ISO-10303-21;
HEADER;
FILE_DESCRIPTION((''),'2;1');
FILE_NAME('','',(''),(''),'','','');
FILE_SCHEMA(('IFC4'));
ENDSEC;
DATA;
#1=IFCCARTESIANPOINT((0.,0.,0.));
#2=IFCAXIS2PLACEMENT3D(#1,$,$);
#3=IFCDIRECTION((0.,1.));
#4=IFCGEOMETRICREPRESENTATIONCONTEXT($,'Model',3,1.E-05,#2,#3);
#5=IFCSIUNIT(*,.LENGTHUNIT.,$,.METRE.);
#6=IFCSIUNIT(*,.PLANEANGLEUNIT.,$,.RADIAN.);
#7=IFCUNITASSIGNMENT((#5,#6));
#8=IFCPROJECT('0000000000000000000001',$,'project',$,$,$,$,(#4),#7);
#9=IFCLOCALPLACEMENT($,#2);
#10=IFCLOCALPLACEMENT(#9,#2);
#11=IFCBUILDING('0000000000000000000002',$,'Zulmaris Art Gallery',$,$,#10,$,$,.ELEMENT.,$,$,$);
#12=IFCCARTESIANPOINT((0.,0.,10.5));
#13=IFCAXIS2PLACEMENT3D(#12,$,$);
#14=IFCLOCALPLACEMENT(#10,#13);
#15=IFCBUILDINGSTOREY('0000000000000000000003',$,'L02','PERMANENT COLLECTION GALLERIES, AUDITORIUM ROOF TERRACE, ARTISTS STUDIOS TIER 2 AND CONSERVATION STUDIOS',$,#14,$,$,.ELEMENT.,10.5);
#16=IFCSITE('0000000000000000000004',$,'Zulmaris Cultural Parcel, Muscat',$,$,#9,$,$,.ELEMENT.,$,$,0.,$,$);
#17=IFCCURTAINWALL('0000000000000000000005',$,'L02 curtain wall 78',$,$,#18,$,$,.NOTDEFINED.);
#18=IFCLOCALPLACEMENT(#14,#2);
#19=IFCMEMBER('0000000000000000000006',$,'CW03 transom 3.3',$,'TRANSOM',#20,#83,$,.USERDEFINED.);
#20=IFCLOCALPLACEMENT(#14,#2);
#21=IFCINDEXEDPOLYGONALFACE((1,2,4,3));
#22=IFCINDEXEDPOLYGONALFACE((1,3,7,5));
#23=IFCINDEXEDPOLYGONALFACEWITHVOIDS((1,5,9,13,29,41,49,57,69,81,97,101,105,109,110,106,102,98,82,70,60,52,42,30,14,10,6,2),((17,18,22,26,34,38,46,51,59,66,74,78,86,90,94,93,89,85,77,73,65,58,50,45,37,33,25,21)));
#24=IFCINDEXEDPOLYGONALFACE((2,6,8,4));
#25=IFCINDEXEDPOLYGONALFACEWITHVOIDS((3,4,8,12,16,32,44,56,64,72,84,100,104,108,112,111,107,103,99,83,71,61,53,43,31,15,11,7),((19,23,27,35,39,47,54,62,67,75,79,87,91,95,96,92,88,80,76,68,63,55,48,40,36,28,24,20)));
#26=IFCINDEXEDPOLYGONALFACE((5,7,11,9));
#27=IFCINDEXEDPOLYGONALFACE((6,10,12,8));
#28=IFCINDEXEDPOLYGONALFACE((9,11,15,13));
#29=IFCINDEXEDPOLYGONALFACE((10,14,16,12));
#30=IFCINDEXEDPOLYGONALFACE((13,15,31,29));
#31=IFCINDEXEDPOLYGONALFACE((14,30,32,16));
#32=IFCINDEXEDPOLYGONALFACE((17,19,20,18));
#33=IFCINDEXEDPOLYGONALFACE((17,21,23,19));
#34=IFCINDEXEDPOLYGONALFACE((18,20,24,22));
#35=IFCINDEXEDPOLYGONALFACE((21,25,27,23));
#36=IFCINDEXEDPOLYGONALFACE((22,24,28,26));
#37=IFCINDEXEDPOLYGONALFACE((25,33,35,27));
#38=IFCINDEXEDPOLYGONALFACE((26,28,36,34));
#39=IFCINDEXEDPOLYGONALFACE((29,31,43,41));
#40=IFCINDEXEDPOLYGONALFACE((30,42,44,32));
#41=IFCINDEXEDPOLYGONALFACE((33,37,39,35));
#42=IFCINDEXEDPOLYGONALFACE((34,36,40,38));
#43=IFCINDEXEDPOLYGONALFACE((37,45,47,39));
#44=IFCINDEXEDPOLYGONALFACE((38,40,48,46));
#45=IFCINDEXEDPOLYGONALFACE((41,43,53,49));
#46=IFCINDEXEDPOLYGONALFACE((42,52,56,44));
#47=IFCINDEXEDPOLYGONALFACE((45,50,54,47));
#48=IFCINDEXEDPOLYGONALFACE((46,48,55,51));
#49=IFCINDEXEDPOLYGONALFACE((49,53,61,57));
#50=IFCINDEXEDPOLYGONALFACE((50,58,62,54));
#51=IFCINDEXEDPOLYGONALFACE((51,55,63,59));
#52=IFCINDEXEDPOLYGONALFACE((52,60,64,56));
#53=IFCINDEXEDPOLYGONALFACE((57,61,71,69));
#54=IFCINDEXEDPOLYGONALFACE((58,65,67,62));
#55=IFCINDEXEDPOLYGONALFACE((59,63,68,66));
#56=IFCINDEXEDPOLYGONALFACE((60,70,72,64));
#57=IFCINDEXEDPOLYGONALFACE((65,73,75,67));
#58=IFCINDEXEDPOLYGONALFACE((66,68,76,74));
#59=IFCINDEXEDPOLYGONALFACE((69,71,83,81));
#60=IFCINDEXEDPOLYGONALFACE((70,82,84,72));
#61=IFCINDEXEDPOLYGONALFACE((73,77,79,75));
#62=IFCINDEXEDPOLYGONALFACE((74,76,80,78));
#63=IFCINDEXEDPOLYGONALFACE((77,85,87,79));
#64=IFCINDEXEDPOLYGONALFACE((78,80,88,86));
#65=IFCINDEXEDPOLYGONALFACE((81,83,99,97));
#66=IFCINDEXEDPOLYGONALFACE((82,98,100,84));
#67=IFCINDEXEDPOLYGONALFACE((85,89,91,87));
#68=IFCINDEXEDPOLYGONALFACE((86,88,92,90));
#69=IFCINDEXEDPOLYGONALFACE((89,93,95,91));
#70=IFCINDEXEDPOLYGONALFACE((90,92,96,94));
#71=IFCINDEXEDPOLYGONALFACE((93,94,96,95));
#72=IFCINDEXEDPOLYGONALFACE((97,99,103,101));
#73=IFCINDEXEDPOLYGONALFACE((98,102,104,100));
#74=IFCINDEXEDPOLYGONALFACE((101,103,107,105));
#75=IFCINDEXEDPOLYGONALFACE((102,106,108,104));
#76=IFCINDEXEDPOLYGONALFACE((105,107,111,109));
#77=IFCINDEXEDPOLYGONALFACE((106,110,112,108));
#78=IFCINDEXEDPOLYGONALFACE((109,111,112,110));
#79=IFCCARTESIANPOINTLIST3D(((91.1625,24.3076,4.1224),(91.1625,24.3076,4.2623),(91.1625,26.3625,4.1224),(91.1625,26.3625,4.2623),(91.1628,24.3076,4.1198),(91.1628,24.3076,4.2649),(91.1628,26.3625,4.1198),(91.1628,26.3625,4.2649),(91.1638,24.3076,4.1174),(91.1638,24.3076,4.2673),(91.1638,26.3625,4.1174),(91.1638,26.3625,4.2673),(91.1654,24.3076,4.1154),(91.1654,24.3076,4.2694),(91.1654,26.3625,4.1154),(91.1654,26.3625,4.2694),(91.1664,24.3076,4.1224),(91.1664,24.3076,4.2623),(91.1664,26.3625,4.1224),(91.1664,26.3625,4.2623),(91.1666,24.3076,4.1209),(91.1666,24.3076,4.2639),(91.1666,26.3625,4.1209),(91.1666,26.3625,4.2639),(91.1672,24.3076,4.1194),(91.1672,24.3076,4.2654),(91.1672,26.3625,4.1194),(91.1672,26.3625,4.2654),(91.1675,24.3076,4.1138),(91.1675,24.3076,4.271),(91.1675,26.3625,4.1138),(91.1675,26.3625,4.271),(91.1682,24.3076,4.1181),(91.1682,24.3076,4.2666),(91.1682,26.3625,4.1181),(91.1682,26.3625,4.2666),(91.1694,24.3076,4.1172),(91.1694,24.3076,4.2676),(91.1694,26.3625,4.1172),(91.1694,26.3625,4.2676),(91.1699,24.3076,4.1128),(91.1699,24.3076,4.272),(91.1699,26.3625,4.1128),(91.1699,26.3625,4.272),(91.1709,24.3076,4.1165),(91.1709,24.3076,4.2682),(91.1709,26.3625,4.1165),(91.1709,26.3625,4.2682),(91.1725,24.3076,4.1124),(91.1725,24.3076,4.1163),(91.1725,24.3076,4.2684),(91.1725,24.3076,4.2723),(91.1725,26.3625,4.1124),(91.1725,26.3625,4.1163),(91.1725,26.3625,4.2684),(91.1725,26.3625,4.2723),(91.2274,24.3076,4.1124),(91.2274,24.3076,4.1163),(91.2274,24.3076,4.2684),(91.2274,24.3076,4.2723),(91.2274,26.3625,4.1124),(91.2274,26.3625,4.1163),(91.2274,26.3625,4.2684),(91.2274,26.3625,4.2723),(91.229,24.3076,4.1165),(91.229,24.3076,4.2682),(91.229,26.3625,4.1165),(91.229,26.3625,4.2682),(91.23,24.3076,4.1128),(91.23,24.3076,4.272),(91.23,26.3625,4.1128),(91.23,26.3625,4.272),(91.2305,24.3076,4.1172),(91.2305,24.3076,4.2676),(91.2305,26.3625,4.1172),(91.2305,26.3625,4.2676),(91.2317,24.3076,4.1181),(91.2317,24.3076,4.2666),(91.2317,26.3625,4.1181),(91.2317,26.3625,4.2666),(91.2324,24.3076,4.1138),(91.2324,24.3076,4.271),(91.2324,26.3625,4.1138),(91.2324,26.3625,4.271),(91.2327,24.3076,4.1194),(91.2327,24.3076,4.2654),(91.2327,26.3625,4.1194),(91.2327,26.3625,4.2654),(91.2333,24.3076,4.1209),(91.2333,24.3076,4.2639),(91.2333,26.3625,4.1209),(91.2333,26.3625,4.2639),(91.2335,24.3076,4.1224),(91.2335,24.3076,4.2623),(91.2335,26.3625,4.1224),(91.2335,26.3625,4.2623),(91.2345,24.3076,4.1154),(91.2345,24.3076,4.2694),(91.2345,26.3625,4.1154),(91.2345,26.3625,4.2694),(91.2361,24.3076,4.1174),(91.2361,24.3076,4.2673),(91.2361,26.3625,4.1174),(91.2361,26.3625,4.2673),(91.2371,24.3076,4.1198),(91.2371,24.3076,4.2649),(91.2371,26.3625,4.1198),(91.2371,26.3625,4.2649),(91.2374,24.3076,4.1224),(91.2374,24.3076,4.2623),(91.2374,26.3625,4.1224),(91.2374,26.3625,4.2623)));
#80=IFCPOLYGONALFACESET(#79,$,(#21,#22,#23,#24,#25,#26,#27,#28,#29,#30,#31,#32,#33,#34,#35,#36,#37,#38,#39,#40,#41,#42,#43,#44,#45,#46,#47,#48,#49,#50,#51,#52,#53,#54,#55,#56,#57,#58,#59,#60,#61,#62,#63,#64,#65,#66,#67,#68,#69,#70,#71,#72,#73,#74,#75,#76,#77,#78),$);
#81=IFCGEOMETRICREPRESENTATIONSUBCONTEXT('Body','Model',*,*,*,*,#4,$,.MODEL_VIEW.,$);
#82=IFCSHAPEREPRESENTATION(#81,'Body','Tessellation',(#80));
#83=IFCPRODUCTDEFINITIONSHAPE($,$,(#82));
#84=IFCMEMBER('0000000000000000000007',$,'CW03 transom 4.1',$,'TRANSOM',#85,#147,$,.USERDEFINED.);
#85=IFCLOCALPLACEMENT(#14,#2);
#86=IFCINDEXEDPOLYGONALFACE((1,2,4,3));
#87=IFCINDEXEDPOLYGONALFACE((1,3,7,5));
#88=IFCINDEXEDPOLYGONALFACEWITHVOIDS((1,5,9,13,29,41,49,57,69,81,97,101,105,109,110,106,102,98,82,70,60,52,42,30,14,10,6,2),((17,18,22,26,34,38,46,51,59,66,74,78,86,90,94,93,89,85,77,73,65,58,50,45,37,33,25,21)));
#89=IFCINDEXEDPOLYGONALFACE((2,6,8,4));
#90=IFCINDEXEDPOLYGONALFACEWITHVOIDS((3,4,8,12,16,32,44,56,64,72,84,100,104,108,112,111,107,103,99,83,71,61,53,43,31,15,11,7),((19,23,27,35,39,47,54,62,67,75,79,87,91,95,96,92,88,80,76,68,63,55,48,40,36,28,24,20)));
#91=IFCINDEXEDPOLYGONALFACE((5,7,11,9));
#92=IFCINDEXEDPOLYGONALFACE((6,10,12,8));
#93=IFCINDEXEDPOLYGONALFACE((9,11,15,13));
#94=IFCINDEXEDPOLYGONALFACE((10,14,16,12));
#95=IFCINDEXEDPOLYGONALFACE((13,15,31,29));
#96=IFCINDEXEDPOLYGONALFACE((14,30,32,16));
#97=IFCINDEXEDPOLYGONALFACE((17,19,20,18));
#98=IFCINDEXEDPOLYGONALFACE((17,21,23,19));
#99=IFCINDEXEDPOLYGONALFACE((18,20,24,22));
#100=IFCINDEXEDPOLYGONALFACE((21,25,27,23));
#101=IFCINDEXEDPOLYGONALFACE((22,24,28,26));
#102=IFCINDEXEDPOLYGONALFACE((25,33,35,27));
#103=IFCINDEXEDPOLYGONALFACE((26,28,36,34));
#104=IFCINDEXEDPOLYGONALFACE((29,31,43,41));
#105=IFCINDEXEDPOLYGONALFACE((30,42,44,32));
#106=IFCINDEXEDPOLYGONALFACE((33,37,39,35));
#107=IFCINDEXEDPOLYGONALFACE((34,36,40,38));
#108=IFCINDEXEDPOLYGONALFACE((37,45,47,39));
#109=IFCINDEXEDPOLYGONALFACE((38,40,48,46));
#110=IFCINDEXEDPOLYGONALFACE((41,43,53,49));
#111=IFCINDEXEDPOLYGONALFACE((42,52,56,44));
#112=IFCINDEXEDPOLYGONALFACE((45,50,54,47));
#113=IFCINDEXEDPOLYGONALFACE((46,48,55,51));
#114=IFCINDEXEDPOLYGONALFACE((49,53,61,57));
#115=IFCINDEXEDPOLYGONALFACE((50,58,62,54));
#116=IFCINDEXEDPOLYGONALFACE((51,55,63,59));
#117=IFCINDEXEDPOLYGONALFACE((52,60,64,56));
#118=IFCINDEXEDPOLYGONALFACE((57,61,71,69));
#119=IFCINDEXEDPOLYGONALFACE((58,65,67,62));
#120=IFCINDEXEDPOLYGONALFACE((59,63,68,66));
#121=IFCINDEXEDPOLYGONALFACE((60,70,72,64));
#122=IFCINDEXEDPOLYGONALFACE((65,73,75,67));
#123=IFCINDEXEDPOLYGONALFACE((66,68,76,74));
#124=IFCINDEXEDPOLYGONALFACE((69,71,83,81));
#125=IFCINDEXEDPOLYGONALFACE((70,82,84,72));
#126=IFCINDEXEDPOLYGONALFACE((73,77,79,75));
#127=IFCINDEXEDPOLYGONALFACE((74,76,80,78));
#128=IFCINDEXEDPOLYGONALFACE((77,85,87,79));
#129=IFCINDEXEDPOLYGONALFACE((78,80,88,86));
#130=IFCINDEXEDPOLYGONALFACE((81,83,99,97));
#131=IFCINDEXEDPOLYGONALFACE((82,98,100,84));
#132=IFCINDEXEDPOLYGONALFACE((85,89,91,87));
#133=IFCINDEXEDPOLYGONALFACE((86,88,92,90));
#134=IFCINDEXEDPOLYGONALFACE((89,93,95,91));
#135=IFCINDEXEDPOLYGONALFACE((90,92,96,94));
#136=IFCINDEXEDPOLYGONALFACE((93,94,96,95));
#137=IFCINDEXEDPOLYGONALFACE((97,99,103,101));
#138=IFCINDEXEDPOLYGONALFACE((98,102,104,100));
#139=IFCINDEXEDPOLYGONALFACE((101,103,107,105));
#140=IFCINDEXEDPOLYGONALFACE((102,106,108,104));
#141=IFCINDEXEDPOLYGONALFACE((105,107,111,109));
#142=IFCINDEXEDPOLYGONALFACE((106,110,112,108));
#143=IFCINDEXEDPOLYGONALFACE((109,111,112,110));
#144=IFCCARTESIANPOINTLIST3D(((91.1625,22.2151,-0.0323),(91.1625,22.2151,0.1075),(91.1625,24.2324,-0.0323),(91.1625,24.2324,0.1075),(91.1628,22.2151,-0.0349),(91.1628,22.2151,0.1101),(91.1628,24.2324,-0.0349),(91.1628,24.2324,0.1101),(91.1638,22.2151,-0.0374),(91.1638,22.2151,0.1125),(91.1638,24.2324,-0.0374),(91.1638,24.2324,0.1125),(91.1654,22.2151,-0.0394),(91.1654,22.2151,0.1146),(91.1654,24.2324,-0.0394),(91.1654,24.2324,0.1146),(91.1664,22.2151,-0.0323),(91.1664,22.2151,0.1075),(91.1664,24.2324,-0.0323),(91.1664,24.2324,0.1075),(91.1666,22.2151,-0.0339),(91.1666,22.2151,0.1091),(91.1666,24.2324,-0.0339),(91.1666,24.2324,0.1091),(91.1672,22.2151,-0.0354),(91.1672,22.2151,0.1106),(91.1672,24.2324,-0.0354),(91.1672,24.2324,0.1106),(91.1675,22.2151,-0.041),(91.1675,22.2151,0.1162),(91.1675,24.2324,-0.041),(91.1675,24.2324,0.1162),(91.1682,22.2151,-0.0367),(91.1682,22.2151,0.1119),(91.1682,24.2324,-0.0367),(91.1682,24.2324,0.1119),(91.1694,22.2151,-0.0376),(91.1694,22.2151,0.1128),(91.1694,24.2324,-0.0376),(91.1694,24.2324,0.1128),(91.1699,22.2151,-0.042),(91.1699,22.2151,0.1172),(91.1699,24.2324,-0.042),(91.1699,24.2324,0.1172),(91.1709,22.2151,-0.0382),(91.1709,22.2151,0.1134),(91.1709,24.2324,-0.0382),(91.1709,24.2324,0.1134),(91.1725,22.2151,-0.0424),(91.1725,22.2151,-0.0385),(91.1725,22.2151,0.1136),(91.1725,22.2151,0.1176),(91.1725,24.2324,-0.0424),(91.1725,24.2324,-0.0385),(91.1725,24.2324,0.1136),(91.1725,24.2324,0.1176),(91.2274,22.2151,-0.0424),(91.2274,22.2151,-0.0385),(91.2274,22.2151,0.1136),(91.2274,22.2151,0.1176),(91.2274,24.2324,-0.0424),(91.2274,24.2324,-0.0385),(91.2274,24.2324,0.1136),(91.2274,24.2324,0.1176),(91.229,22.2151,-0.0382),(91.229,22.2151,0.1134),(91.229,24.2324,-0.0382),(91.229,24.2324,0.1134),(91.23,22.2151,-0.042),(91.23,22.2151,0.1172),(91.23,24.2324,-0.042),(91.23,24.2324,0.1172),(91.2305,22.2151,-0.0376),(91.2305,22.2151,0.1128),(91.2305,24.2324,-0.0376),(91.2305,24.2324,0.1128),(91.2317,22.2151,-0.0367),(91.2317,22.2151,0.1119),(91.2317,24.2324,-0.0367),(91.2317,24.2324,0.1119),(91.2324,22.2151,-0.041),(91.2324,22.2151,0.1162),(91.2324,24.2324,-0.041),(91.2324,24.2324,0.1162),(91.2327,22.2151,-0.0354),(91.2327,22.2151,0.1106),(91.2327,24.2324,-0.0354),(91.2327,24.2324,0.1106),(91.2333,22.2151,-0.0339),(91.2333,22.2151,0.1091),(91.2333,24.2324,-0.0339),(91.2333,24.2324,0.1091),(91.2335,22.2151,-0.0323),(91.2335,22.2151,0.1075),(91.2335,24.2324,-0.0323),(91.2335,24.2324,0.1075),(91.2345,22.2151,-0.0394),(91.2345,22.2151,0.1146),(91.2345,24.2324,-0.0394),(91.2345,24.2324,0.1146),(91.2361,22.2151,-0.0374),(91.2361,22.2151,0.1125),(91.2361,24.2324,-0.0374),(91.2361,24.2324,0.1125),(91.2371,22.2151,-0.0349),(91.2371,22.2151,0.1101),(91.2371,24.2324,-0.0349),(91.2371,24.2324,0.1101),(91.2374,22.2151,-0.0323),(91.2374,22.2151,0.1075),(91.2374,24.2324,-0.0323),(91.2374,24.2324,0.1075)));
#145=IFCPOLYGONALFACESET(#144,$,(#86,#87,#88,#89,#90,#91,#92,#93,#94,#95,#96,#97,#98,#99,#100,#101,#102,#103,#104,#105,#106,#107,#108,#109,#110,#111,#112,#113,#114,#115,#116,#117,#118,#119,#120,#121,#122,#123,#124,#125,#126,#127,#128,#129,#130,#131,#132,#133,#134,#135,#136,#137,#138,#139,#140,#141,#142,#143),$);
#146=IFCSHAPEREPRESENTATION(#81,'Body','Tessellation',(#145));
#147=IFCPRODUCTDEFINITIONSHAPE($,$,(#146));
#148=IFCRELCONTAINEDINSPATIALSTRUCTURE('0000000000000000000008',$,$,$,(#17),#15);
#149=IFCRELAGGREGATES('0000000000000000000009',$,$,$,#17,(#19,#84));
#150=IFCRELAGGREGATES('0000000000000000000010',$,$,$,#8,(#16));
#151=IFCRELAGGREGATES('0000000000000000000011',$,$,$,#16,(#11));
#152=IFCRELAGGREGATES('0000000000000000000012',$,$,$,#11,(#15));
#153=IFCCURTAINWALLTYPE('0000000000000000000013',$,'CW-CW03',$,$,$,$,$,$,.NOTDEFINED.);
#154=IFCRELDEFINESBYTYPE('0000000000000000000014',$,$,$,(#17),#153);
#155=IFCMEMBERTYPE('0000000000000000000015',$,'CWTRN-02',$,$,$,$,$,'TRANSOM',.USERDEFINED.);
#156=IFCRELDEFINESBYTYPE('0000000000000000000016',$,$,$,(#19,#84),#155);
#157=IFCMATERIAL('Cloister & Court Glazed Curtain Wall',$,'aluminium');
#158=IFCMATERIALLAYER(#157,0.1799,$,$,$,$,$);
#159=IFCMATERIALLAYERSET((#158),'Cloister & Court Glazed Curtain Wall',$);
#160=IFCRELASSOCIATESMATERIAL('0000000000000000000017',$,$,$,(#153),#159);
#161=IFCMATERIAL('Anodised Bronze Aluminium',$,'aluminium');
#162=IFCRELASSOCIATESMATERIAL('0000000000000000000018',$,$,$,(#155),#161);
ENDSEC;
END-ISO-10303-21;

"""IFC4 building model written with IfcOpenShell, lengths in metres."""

from ifc_helpers import new_model, si_unit, direction, frame, origin, origin_2d, place, context, subcontext, project, spatial, hollow_rectangle, extrude, material, layer, layer_set, material_profile, profile_set, type_object, element, aggregate, save


model = new_model("IFC4")

# Units and contexts
model_context = context("Model", 3, precision=1e-05, world=origin(), true_north=direction((0.0, 1.0)))
body_context = subcontext(model_context, "Body", "Model", "MODEL_VIEW")
ifc_project = project(units=[si_unit("LENGTHUNIT", "METRE"), si_unit("PLANEANGLEUNIT", "RADIAN")], contexts=[model_context])

# Site, building, storey
site_placement = place(None, origin())
site = spatial("IfcSite", under=ifc_project, at=site_placement, Name="Zulmaris Cultural Parcel, Muscat", CompositionType="ELEMENT", RefElevation=0.0)
building_placement = place(site_placement, origin())
building = spatial("IfcBuilding", under=site, at=building_placement, Name="Zulmaris Art Gallery", CompositionType="ELEMENT")
storey_placement = place(building_placement, frame((0.0, 0.0, 10.5)))
storey = spatial("IfcBuildingStorey", under=building, at=storey_placement, Name="L02", Description="PERMANENT COLLECTION GALLERIES, AUDITORIUM ROOF TERRACE, ARTISTS STUDIOS TIER 2 AND CONSERVATION STUDIOS", CompositionType="ELEMENT", Elevation=10.5)

# Curtain wall, members
ifc_material_1 = material(Name="Cloister & Court Glazed Curtain Wall", Category="aluminium")
ifc_layer_1 = layer(ifc_material_1, 0.1799)
ifc_layer_set_1 = layer_set([ifc_layer_1], Name="Cloister & Court Glazed Curtain Wall")
curtain_wall_type = type_object("IfcCurtainWallType", Name="CW-CW03", PredefinedType="NOTDEFINED", material=ifc_layer_set_1)
curtain_wall_1_placement = place(storey_placement, origin())
curtain_wall_1 = element("IfcCurtainWall", 1, at=curtain_wall_1_placement, inside=storey, type_object=curtain_wall_type, Name="L02 curtain wall 78", PredefinedType="NOTDEFINED")
ifc_material_2 = material(Name="Anodised Bronze Aluminium", Category="aluminium")
ifc_material_profile_1 = material_profile(ifc_material_2, hollow_rectangle(XDim=0.075, YDim=0.1599, WallThickness=0.0039, InnerFilletRadius=0.0061, OuterFilletRadius=0.01, at=origin_2d()), Name="ALU 75x160x4")
ifc_profile_set_1 = profile_set([ifc_material_profile_1], Name="Anodised Bronze Aluminium")
member_type_1 = type_object("IfcMemberType", Name="CWTRN-02", ElementType="TRANSOM", PredefinedType="USERDEFINED", material=ifc_profile_set_1)
member_1_placement = place(storey_placement, frame((91.2, 26.3625, 4.1924), z_axis=(0.0, -1.0, 0.0), x_axis=(1.0, 0.0, 0.0)))
member_1 = element("IfcMember", 2, at=member_1_placement, type_object=member_type_1, Name="CW03 transom 3.3", ObjectType="TRANSOM", PredefinedType="USERDEFINED", context=body_context, shape_type="SweptSolid", body=[
    extrude(hollow_rectangle(XDim=0.075, YDim=0.1599, WallThickness=0.0039, InnerFilletRadius=0.0061, OuterFilletRadius=0.01, at=origin_2d()), origin(), (0.0, 0.0, 1.0), 2.0549),
])
member_2_placement = place(storey_placement, frame((91.2, 24.2324, 0.0376), z_axis=(0.0, -1.0, 0.0), x_axis=(1.0, 0.0, 0.0)))
member_2 = element("IfcMember", 3, at=member_2_placement, type_object=member_type_1, Name="CW03 transom 4.1", ObjectType="TRANSOM", PredefinedType="USERDEFINED", context=body_context, shape_type="SweptSolid", body=[
    extrude(hollow_rectangle(XDim=0.075, YDim=0.1599, WallThickness=0.0039, InnerFilletRadius=0.0061, OuterFilletRadius=0.01, at=origin_2d()), origin(), (0.0, 0.0, 1.0), 2.0173),
])

aggregate(curtain_wall_1, [member_1, member_2])

save(model, "model.ifc")
